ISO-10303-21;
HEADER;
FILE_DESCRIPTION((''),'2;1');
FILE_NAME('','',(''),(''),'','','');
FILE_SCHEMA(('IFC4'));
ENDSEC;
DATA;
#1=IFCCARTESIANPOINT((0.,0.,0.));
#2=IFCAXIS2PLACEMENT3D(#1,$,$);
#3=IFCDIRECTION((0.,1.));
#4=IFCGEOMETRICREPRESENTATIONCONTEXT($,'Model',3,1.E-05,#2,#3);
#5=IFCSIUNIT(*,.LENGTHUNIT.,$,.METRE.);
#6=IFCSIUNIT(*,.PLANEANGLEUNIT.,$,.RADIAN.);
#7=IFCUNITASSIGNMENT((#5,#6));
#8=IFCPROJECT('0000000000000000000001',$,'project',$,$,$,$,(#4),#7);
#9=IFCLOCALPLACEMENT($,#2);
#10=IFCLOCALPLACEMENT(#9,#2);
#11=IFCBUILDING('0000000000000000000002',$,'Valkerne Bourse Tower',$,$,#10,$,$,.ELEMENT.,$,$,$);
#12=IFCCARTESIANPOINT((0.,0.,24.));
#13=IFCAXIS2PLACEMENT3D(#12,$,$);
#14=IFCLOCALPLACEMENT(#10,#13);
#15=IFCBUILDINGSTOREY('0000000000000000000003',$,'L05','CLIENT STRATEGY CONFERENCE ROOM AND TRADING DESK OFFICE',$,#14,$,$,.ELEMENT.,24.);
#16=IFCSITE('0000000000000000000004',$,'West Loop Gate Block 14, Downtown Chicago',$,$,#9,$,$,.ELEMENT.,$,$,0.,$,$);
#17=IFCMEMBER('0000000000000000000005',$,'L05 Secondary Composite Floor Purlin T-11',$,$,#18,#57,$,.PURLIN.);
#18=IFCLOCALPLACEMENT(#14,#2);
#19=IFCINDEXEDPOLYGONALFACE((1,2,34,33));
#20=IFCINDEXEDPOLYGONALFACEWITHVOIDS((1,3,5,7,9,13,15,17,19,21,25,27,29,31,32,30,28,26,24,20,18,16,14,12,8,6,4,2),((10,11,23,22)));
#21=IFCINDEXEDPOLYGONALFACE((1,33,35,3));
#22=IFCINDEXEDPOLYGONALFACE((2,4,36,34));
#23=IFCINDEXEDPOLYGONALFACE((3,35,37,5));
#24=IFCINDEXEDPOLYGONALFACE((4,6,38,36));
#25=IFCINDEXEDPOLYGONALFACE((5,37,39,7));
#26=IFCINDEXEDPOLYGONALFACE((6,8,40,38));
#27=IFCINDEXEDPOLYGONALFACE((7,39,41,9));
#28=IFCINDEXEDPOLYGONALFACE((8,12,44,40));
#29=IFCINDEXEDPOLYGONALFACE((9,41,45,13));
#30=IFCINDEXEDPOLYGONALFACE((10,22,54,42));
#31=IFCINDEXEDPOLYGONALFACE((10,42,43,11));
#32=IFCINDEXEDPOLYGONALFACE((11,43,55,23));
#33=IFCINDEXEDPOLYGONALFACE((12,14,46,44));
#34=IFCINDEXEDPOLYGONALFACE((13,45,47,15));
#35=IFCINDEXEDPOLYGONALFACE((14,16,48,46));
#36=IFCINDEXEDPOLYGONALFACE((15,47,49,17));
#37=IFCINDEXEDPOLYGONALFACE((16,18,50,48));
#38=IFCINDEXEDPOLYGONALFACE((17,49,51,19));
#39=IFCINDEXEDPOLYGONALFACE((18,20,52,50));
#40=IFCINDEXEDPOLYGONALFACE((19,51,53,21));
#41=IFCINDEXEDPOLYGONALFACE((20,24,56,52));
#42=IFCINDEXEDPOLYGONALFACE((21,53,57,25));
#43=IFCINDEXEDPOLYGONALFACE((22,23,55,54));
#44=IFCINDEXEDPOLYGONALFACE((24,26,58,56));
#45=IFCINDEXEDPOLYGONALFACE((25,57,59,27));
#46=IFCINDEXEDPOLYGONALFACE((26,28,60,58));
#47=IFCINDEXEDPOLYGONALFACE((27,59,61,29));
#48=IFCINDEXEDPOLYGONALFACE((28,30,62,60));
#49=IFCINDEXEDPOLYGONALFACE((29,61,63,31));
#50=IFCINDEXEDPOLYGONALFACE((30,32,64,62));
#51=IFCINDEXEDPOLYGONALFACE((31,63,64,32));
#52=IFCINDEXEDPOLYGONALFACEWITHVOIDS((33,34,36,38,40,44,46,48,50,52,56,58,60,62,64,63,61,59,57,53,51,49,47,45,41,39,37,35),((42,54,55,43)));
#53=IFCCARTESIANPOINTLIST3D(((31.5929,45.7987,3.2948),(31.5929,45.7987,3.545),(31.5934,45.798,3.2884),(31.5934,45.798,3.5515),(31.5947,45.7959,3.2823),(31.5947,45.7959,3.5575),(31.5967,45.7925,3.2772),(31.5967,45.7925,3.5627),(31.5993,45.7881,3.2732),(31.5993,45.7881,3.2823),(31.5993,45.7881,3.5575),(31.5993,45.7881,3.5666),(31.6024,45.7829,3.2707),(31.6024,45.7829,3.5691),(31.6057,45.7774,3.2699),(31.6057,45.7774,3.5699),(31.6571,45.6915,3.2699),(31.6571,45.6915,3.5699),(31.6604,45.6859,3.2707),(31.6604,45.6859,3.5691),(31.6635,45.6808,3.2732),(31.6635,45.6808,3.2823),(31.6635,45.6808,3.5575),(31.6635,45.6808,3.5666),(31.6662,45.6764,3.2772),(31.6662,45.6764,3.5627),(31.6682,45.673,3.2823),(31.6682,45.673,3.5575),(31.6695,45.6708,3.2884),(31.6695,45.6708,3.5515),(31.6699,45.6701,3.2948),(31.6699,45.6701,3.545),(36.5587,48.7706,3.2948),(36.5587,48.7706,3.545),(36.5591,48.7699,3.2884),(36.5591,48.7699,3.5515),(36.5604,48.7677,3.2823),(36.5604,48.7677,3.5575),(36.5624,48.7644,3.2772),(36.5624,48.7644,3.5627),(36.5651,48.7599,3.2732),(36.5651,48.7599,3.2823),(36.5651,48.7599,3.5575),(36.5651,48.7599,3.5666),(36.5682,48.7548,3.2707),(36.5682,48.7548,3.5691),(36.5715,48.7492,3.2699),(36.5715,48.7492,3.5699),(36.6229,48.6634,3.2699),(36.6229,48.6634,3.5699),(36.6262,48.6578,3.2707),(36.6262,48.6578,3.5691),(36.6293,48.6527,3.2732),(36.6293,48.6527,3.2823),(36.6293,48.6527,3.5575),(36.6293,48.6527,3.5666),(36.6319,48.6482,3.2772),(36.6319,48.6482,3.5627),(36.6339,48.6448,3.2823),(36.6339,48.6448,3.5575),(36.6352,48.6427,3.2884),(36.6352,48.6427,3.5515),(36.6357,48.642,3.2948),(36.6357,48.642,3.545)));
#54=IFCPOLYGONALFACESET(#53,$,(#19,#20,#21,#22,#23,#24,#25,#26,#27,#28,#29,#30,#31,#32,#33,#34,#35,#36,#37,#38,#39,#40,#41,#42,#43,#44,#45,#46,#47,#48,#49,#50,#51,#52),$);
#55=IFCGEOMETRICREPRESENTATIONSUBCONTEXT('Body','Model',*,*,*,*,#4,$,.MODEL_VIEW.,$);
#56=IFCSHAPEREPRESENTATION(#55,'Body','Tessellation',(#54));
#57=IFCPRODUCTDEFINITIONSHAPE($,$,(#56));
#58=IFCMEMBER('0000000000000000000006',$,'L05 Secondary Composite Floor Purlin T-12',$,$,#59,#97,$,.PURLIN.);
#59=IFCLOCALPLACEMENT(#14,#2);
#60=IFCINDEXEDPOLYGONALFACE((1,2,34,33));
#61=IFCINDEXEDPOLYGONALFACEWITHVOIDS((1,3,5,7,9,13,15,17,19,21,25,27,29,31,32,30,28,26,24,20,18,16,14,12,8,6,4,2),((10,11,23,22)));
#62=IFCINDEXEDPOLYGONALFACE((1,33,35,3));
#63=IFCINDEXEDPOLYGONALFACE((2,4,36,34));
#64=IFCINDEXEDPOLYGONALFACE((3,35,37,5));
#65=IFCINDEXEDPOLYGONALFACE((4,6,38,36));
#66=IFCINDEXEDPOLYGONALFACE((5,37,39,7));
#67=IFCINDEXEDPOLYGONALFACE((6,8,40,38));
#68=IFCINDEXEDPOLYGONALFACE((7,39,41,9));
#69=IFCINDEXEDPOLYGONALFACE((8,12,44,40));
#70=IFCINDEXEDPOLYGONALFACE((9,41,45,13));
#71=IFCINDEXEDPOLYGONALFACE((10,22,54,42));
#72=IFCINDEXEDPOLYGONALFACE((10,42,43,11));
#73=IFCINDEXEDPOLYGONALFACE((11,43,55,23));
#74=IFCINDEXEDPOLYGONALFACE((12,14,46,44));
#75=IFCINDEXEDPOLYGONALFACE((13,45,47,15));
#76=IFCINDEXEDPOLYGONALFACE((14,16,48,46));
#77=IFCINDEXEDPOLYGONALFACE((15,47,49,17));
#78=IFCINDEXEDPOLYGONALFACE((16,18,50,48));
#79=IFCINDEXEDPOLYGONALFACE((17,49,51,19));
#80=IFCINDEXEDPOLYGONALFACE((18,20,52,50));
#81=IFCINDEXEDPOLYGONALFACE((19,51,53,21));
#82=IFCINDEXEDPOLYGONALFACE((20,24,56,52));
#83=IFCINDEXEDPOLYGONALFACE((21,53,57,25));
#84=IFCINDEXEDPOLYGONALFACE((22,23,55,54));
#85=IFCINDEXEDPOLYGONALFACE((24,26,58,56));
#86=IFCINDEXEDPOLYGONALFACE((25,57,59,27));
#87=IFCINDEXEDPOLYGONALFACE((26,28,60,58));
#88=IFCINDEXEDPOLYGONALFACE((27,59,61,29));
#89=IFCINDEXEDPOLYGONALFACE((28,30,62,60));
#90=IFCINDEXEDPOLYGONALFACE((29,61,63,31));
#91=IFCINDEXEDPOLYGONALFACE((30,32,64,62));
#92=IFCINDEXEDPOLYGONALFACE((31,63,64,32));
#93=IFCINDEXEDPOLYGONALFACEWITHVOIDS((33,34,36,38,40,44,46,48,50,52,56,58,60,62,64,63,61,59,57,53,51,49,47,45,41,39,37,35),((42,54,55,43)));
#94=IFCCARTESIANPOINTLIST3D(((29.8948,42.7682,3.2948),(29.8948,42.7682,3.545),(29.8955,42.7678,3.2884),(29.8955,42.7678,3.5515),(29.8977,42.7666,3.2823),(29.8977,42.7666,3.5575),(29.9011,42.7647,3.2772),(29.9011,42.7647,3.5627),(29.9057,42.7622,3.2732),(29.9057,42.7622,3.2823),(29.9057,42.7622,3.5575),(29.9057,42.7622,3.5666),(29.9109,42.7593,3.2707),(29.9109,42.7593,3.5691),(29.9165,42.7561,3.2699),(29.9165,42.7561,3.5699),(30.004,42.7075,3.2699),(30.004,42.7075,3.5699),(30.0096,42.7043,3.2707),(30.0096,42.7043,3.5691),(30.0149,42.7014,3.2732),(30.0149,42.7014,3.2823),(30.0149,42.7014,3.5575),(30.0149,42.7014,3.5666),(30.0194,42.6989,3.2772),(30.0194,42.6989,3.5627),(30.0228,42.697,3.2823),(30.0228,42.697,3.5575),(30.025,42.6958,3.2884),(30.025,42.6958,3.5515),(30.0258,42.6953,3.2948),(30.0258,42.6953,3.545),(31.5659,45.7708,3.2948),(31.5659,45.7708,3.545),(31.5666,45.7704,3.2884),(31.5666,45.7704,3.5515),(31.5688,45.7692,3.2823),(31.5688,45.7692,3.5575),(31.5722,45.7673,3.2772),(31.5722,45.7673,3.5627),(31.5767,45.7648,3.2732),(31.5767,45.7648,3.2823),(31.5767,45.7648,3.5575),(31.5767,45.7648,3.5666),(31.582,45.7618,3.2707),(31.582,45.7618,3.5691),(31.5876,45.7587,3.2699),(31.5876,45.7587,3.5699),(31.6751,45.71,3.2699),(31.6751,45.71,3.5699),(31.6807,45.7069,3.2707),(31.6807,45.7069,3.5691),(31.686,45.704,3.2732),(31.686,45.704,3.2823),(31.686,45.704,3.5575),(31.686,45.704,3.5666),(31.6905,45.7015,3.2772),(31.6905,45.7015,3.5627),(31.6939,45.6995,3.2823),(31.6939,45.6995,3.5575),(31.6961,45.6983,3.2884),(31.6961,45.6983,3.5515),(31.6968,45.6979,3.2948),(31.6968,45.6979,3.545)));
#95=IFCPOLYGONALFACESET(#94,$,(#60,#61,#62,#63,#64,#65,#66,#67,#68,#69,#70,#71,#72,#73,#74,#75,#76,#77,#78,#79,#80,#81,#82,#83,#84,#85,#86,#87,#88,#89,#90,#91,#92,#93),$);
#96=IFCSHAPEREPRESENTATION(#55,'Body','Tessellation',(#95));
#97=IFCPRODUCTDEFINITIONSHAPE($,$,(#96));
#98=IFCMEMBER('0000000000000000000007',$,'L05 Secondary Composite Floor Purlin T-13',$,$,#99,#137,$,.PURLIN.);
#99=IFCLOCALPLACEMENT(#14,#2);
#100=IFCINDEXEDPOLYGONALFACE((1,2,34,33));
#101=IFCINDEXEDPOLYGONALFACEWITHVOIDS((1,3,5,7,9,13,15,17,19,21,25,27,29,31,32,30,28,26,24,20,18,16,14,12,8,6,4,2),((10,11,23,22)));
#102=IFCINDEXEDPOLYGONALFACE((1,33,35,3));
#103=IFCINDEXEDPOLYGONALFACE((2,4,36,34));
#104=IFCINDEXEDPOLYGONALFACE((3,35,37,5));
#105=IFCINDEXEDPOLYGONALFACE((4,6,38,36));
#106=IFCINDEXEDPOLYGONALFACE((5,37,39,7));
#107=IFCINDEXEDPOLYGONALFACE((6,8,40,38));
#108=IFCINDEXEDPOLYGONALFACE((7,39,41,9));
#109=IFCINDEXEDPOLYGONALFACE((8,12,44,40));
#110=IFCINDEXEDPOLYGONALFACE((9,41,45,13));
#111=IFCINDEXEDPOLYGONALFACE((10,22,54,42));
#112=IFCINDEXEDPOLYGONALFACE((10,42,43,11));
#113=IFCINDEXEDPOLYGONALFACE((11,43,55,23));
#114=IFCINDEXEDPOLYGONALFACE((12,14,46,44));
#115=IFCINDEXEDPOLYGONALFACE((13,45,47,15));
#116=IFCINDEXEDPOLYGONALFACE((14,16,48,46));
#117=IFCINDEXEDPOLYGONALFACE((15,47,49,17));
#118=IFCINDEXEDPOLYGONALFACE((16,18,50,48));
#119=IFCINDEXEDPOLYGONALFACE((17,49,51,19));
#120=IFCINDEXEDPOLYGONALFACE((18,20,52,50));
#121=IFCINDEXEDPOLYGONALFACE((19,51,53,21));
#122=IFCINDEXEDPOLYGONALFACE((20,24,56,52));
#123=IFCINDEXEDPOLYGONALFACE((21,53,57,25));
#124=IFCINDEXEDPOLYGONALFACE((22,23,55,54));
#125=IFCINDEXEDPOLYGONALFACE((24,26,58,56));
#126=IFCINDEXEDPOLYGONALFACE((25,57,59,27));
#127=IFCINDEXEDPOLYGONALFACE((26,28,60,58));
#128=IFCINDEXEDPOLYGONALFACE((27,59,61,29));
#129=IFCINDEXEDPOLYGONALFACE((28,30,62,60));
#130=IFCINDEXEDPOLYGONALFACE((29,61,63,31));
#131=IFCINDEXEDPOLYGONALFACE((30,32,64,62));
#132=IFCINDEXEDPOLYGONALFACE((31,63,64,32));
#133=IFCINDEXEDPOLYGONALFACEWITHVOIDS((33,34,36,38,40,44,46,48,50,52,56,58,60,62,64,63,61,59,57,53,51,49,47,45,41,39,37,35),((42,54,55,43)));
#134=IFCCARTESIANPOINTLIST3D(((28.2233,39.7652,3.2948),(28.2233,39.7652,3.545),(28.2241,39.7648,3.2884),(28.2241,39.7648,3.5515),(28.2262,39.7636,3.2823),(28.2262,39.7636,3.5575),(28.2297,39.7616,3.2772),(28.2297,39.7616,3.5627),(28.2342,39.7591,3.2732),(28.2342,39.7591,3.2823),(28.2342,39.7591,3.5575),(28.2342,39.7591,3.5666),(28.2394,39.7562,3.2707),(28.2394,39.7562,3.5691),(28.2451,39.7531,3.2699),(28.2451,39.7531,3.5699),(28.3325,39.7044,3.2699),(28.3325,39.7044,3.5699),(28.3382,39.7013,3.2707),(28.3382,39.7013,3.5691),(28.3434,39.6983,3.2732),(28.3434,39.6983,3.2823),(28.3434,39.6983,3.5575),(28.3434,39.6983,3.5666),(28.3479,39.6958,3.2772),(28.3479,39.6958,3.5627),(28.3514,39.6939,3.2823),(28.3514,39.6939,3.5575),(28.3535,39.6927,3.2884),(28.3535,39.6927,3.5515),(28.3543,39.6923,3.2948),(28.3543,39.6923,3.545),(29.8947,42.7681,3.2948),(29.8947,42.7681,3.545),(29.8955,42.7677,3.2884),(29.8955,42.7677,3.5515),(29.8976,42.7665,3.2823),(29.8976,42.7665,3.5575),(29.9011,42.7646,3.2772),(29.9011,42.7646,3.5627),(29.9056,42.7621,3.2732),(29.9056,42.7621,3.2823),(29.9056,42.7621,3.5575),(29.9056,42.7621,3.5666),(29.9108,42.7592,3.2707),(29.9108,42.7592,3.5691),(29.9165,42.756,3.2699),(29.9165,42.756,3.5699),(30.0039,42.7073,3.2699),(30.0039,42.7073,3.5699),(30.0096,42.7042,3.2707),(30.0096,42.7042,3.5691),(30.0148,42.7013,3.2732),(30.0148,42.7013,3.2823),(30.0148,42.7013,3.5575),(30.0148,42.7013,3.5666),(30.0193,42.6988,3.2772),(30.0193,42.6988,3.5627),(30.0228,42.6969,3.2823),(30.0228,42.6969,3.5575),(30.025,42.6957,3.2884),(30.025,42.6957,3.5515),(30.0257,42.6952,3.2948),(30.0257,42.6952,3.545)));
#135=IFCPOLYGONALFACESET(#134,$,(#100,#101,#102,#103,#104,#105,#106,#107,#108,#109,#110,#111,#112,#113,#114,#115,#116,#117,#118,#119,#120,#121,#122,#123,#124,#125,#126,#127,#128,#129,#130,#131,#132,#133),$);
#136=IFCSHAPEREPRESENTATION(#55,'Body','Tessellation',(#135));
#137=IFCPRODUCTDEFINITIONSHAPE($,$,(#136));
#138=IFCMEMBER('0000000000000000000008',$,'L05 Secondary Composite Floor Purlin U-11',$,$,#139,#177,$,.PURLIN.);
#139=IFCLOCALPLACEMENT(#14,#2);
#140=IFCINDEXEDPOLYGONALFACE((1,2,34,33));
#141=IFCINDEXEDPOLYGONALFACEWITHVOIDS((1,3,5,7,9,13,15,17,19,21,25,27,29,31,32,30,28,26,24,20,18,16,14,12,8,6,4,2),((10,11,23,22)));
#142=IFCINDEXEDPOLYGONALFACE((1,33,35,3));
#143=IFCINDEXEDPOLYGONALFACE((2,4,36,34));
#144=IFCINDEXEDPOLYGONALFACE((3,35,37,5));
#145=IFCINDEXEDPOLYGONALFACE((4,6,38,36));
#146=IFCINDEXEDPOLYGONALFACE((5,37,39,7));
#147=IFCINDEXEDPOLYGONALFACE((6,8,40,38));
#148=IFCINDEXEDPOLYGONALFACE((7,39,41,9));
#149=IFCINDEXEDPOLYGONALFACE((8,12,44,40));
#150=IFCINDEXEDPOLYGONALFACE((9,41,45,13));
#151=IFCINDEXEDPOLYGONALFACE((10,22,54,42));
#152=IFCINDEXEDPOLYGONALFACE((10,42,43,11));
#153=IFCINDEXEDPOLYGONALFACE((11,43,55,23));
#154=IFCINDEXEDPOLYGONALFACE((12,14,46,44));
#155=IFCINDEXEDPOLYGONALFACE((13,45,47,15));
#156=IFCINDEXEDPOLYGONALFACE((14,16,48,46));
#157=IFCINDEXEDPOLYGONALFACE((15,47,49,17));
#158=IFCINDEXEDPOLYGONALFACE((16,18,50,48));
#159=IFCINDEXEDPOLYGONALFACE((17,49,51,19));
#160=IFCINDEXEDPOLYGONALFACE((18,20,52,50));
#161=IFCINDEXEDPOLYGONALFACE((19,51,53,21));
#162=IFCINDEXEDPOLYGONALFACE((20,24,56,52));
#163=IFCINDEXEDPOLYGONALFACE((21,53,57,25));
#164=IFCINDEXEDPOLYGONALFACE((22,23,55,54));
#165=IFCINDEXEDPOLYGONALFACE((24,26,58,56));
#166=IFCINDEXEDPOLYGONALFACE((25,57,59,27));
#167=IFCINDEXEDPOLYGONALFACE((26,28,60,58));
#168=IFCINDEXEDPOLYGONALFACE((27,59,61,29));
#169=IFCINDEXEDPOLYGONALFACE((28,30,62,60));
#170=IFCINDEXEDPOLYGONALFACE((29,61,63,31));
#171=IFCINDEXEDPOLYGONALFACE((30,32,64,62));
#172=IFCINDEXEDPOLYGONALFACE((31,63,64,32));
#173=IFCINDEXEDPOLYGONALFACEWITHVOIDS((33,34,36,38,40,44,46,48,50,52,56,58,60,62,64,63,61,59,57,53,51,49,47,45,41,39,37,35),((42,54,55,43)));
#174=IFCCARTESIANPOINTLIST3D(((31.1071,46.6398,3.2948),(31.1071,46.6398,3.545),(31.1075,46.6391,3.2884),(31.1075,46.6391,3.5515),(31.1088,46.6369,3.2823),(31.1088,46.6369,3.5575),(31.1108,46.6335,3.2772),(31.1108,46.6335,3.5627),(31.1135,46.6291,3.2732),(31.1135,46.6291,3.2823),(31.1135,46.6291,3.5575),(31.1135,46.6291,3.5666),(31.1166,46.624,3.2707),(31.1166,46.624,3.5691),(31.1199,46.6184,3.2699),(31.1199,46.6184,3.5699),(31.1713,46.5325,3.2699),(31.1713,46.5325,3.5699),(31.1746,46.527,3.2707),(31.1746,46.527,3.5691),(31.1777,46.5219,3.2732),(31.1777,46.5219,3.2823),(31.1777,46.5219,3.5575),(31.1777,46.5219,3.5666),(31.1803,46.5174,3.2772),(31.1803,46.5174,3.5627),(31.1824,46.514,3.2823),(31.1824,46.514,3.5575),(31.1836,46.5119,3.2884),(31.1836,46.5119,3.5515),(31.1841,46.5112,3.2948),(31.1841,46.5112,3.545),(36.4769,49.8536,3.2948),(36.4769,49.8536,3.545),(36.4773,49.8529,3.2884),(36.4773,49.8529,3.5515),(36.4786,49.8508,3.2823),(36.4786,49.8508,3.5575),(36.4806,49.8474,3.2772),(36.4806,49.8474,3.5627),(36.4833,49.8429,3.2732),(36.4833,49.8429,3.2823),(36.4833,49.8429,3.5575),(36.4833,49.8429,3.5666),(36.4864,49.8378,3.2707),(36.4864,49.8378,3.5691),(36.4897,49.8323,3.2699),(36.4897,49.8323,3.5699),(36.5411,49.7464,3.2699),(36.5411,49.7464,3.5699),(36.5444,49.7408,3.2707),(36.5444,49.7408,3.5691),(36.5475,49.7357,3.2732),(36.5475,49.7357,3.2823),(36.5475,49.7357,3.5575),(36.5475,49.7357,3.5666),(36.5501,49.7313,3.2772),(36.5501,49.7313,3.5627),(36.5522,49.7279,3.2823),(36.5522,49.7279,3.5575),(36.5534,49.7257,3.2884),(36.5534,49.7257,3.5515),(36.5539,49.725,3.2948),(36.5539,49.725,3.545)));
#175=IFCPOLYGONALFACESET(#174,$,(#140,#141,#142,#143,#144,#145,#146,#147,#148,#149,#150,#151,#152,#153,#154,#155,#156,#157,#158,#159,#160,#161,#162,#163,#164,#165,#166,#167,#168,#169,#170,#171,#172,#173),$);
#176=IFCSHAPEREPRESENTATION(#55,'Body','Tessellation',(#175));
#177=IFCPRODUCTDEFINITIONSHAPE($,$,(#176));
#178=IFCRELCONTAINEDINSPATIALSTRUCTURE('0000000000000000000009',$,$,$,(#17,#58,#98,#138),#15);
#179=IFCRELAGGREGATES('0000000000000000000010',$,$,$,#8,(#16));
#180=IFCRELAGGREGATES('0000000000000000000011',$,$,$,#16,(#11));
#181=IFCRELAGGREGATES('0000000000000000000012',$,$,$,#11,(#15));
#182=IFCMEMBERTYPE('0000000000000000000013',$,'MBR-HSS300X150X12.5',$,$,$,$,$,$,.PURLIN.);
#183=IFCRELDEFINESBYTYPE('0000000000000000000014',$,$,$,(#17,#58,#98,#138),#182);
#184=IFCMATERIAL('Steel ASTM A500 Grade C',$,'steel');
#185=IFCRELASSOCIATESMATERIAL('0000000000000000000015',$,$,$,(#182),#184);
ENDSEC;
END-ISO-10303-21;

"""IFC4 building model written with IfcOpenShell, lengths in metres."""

from ifc_helpers import new_model, si_unit, direction, frame, origin, origin_2d, place, context, subcontext, project, spatial, hollow_rectangle, extrude, material, material_profile, profile_set, type_object, element, save


model = new_model("IFC4")

# Units and contexts
model_context = context("Model", 3, precision=1e-05, world=origin(), true_north=direction((0.0, 1.0)))
body_context = subcontext(model_context, "Body", "Model", "MODEL_VIEW")
ifc_project = project(units=[si_unit("LENGTHUNIT", "METRE"), si_unit("PLANEANGLEUNIT", "RADIAN")], contexts=[model_context])

# Site, building, storey
site_placement = place(None, origin())
site = spatial("IfcSite", under=ifc_project, at=site_placement, Name="West Loop Gate Block 14, Downtown Chicago", CompositionType="ELEMENT", RefElevation=0.0)
building_placement = place(site_placement, origin())
building = spatial("IfcBuilding", under=site, at=building_placement, Name="Valkerne Bourse Tower", CompositionType="ELEMENT")
storey_placement = place(building_placement, frame((0.0, 0.0, 24.0)))
storey = spatial("IfcBuildingStorey", under=building, at=storey_placement, Name="L05", Description="CLIENT STRATEGY CONFERENCE ROOM AND TRADING DESK OFFICE", CompositionType="ELEMENT", Elevation=24.0)

# Members
ifc_material_1 = material(Name="Steel ASTM A500 Grade C", Category="steel")
ifc_material_profile_1 = material_profile(ifc_material_1, hollow_rectangle(XDim=0.1499, YDim=0.3, WallThickness=0.0125, OuterFilletRadius=0.0249, at=origin_2d()), Name="HSS300X150X12.5")
ifc_profile_set_1 = profile_set([ifc_material_profile_1], Name="Steel ASTM A500 Grade C")
member_type_1 = type_object("IfcMemberType", Name="MBR-HSS300X150X12.5", PredefinedType="PURLIN", material=ifc_profile_set_1)
member_1_placement = place(storey_placement, frame((36.5972, 48.7063, 3.4199), z_axis=(-0.858069, -0.513534, 0.0), x_axis=(0.513534, -0.858069, 0.0)))
element("IfcMember", 1, at=member_1_placement, inside=storey, type_object=member_type_1, Name="L05 Secondary Composite Floor Purlin T-11", PredefinedType="PURLIN", context=body_context, shape_type="SweptSolid", body=[
    extrude(hollow_rectangle(XDim=0.1499, YDim=0.3, WallThickness=0.0125, OuterFilletRadius=0.0249, at=origin_2d()), origin(), (0.0, 0.0, 1.0), 5.7871),
])
member_2_placement = place(storey_placement, frame((31.6313, 45.7344, 3.4199), z_axis=(-0.486306, -0.873788, 0.0), x_axis=(0.873788, -0.486306, 0.0)))
element("IfcMember", 2, at=member_2_placement, inside=storey, type_object=member_type_1, Name="L05 Secondary Composite Floor Purlin T-12", PredefinedType="PURLIN", context=body_context, shape_type="SweptSolid", body=[
    extrude(hollow_rectangle(XDim=0.1499, YDim=0.3, WallThickness=0.0125, OuterFilletRadius=0.0249, at=origin_2d()), origin(), (0.0, 0.0, 1.0), 3.4363),
])
member_3_placement = place(storey_placement, frame((29.9602, 42.7317, 3.4199), z_axis=(-0.48633, -0.873775, 0.0), x_axis=(0.873775, -0.48633, 0.0)))
element("IfcMember", 3, at=member_3_placement, inside=storey, type_object=member_type_1, Name="L05 Secondary Composite Floor Purlin T-13", PredefinedType="PURLIN", context=body_context, shape_type="SweptSolid", body=[
    extrude(hollow_rectangle(XDim=0.1499, YDim=0.3, WallThickness=0.0125, OuterFilletRadius=0.0249, at=origin_2d()), origin(), (0.0, 0.0, 1.0), 3.4368),
])
member_4_placement = place(storey_placement, frame((36.5154, 49.7893, 3.4199), z_axis=(-0.85806, -0.513549, 0.0), x_axis=(0.513549, -0.85806, 0.0)))
element("IfcMember", 4, at=member_4_placement, inside=storey, type_object=member_type_1, Name="L05 Secondary Composite Floor Purlin U-11", PredefinedType="PURLIN", context=body_context, shape_type="SweptSolid", body=[
    extrude(hollow_rectangle(XDim=0.1499, YDim=0.3, WallThickness=0.0125, OuterFilletRadius=0.0249, at=origin_2d()), origin(), (0.0, 0.0, 1.0), 6.2581),
])

save(model, "model.ifc")
